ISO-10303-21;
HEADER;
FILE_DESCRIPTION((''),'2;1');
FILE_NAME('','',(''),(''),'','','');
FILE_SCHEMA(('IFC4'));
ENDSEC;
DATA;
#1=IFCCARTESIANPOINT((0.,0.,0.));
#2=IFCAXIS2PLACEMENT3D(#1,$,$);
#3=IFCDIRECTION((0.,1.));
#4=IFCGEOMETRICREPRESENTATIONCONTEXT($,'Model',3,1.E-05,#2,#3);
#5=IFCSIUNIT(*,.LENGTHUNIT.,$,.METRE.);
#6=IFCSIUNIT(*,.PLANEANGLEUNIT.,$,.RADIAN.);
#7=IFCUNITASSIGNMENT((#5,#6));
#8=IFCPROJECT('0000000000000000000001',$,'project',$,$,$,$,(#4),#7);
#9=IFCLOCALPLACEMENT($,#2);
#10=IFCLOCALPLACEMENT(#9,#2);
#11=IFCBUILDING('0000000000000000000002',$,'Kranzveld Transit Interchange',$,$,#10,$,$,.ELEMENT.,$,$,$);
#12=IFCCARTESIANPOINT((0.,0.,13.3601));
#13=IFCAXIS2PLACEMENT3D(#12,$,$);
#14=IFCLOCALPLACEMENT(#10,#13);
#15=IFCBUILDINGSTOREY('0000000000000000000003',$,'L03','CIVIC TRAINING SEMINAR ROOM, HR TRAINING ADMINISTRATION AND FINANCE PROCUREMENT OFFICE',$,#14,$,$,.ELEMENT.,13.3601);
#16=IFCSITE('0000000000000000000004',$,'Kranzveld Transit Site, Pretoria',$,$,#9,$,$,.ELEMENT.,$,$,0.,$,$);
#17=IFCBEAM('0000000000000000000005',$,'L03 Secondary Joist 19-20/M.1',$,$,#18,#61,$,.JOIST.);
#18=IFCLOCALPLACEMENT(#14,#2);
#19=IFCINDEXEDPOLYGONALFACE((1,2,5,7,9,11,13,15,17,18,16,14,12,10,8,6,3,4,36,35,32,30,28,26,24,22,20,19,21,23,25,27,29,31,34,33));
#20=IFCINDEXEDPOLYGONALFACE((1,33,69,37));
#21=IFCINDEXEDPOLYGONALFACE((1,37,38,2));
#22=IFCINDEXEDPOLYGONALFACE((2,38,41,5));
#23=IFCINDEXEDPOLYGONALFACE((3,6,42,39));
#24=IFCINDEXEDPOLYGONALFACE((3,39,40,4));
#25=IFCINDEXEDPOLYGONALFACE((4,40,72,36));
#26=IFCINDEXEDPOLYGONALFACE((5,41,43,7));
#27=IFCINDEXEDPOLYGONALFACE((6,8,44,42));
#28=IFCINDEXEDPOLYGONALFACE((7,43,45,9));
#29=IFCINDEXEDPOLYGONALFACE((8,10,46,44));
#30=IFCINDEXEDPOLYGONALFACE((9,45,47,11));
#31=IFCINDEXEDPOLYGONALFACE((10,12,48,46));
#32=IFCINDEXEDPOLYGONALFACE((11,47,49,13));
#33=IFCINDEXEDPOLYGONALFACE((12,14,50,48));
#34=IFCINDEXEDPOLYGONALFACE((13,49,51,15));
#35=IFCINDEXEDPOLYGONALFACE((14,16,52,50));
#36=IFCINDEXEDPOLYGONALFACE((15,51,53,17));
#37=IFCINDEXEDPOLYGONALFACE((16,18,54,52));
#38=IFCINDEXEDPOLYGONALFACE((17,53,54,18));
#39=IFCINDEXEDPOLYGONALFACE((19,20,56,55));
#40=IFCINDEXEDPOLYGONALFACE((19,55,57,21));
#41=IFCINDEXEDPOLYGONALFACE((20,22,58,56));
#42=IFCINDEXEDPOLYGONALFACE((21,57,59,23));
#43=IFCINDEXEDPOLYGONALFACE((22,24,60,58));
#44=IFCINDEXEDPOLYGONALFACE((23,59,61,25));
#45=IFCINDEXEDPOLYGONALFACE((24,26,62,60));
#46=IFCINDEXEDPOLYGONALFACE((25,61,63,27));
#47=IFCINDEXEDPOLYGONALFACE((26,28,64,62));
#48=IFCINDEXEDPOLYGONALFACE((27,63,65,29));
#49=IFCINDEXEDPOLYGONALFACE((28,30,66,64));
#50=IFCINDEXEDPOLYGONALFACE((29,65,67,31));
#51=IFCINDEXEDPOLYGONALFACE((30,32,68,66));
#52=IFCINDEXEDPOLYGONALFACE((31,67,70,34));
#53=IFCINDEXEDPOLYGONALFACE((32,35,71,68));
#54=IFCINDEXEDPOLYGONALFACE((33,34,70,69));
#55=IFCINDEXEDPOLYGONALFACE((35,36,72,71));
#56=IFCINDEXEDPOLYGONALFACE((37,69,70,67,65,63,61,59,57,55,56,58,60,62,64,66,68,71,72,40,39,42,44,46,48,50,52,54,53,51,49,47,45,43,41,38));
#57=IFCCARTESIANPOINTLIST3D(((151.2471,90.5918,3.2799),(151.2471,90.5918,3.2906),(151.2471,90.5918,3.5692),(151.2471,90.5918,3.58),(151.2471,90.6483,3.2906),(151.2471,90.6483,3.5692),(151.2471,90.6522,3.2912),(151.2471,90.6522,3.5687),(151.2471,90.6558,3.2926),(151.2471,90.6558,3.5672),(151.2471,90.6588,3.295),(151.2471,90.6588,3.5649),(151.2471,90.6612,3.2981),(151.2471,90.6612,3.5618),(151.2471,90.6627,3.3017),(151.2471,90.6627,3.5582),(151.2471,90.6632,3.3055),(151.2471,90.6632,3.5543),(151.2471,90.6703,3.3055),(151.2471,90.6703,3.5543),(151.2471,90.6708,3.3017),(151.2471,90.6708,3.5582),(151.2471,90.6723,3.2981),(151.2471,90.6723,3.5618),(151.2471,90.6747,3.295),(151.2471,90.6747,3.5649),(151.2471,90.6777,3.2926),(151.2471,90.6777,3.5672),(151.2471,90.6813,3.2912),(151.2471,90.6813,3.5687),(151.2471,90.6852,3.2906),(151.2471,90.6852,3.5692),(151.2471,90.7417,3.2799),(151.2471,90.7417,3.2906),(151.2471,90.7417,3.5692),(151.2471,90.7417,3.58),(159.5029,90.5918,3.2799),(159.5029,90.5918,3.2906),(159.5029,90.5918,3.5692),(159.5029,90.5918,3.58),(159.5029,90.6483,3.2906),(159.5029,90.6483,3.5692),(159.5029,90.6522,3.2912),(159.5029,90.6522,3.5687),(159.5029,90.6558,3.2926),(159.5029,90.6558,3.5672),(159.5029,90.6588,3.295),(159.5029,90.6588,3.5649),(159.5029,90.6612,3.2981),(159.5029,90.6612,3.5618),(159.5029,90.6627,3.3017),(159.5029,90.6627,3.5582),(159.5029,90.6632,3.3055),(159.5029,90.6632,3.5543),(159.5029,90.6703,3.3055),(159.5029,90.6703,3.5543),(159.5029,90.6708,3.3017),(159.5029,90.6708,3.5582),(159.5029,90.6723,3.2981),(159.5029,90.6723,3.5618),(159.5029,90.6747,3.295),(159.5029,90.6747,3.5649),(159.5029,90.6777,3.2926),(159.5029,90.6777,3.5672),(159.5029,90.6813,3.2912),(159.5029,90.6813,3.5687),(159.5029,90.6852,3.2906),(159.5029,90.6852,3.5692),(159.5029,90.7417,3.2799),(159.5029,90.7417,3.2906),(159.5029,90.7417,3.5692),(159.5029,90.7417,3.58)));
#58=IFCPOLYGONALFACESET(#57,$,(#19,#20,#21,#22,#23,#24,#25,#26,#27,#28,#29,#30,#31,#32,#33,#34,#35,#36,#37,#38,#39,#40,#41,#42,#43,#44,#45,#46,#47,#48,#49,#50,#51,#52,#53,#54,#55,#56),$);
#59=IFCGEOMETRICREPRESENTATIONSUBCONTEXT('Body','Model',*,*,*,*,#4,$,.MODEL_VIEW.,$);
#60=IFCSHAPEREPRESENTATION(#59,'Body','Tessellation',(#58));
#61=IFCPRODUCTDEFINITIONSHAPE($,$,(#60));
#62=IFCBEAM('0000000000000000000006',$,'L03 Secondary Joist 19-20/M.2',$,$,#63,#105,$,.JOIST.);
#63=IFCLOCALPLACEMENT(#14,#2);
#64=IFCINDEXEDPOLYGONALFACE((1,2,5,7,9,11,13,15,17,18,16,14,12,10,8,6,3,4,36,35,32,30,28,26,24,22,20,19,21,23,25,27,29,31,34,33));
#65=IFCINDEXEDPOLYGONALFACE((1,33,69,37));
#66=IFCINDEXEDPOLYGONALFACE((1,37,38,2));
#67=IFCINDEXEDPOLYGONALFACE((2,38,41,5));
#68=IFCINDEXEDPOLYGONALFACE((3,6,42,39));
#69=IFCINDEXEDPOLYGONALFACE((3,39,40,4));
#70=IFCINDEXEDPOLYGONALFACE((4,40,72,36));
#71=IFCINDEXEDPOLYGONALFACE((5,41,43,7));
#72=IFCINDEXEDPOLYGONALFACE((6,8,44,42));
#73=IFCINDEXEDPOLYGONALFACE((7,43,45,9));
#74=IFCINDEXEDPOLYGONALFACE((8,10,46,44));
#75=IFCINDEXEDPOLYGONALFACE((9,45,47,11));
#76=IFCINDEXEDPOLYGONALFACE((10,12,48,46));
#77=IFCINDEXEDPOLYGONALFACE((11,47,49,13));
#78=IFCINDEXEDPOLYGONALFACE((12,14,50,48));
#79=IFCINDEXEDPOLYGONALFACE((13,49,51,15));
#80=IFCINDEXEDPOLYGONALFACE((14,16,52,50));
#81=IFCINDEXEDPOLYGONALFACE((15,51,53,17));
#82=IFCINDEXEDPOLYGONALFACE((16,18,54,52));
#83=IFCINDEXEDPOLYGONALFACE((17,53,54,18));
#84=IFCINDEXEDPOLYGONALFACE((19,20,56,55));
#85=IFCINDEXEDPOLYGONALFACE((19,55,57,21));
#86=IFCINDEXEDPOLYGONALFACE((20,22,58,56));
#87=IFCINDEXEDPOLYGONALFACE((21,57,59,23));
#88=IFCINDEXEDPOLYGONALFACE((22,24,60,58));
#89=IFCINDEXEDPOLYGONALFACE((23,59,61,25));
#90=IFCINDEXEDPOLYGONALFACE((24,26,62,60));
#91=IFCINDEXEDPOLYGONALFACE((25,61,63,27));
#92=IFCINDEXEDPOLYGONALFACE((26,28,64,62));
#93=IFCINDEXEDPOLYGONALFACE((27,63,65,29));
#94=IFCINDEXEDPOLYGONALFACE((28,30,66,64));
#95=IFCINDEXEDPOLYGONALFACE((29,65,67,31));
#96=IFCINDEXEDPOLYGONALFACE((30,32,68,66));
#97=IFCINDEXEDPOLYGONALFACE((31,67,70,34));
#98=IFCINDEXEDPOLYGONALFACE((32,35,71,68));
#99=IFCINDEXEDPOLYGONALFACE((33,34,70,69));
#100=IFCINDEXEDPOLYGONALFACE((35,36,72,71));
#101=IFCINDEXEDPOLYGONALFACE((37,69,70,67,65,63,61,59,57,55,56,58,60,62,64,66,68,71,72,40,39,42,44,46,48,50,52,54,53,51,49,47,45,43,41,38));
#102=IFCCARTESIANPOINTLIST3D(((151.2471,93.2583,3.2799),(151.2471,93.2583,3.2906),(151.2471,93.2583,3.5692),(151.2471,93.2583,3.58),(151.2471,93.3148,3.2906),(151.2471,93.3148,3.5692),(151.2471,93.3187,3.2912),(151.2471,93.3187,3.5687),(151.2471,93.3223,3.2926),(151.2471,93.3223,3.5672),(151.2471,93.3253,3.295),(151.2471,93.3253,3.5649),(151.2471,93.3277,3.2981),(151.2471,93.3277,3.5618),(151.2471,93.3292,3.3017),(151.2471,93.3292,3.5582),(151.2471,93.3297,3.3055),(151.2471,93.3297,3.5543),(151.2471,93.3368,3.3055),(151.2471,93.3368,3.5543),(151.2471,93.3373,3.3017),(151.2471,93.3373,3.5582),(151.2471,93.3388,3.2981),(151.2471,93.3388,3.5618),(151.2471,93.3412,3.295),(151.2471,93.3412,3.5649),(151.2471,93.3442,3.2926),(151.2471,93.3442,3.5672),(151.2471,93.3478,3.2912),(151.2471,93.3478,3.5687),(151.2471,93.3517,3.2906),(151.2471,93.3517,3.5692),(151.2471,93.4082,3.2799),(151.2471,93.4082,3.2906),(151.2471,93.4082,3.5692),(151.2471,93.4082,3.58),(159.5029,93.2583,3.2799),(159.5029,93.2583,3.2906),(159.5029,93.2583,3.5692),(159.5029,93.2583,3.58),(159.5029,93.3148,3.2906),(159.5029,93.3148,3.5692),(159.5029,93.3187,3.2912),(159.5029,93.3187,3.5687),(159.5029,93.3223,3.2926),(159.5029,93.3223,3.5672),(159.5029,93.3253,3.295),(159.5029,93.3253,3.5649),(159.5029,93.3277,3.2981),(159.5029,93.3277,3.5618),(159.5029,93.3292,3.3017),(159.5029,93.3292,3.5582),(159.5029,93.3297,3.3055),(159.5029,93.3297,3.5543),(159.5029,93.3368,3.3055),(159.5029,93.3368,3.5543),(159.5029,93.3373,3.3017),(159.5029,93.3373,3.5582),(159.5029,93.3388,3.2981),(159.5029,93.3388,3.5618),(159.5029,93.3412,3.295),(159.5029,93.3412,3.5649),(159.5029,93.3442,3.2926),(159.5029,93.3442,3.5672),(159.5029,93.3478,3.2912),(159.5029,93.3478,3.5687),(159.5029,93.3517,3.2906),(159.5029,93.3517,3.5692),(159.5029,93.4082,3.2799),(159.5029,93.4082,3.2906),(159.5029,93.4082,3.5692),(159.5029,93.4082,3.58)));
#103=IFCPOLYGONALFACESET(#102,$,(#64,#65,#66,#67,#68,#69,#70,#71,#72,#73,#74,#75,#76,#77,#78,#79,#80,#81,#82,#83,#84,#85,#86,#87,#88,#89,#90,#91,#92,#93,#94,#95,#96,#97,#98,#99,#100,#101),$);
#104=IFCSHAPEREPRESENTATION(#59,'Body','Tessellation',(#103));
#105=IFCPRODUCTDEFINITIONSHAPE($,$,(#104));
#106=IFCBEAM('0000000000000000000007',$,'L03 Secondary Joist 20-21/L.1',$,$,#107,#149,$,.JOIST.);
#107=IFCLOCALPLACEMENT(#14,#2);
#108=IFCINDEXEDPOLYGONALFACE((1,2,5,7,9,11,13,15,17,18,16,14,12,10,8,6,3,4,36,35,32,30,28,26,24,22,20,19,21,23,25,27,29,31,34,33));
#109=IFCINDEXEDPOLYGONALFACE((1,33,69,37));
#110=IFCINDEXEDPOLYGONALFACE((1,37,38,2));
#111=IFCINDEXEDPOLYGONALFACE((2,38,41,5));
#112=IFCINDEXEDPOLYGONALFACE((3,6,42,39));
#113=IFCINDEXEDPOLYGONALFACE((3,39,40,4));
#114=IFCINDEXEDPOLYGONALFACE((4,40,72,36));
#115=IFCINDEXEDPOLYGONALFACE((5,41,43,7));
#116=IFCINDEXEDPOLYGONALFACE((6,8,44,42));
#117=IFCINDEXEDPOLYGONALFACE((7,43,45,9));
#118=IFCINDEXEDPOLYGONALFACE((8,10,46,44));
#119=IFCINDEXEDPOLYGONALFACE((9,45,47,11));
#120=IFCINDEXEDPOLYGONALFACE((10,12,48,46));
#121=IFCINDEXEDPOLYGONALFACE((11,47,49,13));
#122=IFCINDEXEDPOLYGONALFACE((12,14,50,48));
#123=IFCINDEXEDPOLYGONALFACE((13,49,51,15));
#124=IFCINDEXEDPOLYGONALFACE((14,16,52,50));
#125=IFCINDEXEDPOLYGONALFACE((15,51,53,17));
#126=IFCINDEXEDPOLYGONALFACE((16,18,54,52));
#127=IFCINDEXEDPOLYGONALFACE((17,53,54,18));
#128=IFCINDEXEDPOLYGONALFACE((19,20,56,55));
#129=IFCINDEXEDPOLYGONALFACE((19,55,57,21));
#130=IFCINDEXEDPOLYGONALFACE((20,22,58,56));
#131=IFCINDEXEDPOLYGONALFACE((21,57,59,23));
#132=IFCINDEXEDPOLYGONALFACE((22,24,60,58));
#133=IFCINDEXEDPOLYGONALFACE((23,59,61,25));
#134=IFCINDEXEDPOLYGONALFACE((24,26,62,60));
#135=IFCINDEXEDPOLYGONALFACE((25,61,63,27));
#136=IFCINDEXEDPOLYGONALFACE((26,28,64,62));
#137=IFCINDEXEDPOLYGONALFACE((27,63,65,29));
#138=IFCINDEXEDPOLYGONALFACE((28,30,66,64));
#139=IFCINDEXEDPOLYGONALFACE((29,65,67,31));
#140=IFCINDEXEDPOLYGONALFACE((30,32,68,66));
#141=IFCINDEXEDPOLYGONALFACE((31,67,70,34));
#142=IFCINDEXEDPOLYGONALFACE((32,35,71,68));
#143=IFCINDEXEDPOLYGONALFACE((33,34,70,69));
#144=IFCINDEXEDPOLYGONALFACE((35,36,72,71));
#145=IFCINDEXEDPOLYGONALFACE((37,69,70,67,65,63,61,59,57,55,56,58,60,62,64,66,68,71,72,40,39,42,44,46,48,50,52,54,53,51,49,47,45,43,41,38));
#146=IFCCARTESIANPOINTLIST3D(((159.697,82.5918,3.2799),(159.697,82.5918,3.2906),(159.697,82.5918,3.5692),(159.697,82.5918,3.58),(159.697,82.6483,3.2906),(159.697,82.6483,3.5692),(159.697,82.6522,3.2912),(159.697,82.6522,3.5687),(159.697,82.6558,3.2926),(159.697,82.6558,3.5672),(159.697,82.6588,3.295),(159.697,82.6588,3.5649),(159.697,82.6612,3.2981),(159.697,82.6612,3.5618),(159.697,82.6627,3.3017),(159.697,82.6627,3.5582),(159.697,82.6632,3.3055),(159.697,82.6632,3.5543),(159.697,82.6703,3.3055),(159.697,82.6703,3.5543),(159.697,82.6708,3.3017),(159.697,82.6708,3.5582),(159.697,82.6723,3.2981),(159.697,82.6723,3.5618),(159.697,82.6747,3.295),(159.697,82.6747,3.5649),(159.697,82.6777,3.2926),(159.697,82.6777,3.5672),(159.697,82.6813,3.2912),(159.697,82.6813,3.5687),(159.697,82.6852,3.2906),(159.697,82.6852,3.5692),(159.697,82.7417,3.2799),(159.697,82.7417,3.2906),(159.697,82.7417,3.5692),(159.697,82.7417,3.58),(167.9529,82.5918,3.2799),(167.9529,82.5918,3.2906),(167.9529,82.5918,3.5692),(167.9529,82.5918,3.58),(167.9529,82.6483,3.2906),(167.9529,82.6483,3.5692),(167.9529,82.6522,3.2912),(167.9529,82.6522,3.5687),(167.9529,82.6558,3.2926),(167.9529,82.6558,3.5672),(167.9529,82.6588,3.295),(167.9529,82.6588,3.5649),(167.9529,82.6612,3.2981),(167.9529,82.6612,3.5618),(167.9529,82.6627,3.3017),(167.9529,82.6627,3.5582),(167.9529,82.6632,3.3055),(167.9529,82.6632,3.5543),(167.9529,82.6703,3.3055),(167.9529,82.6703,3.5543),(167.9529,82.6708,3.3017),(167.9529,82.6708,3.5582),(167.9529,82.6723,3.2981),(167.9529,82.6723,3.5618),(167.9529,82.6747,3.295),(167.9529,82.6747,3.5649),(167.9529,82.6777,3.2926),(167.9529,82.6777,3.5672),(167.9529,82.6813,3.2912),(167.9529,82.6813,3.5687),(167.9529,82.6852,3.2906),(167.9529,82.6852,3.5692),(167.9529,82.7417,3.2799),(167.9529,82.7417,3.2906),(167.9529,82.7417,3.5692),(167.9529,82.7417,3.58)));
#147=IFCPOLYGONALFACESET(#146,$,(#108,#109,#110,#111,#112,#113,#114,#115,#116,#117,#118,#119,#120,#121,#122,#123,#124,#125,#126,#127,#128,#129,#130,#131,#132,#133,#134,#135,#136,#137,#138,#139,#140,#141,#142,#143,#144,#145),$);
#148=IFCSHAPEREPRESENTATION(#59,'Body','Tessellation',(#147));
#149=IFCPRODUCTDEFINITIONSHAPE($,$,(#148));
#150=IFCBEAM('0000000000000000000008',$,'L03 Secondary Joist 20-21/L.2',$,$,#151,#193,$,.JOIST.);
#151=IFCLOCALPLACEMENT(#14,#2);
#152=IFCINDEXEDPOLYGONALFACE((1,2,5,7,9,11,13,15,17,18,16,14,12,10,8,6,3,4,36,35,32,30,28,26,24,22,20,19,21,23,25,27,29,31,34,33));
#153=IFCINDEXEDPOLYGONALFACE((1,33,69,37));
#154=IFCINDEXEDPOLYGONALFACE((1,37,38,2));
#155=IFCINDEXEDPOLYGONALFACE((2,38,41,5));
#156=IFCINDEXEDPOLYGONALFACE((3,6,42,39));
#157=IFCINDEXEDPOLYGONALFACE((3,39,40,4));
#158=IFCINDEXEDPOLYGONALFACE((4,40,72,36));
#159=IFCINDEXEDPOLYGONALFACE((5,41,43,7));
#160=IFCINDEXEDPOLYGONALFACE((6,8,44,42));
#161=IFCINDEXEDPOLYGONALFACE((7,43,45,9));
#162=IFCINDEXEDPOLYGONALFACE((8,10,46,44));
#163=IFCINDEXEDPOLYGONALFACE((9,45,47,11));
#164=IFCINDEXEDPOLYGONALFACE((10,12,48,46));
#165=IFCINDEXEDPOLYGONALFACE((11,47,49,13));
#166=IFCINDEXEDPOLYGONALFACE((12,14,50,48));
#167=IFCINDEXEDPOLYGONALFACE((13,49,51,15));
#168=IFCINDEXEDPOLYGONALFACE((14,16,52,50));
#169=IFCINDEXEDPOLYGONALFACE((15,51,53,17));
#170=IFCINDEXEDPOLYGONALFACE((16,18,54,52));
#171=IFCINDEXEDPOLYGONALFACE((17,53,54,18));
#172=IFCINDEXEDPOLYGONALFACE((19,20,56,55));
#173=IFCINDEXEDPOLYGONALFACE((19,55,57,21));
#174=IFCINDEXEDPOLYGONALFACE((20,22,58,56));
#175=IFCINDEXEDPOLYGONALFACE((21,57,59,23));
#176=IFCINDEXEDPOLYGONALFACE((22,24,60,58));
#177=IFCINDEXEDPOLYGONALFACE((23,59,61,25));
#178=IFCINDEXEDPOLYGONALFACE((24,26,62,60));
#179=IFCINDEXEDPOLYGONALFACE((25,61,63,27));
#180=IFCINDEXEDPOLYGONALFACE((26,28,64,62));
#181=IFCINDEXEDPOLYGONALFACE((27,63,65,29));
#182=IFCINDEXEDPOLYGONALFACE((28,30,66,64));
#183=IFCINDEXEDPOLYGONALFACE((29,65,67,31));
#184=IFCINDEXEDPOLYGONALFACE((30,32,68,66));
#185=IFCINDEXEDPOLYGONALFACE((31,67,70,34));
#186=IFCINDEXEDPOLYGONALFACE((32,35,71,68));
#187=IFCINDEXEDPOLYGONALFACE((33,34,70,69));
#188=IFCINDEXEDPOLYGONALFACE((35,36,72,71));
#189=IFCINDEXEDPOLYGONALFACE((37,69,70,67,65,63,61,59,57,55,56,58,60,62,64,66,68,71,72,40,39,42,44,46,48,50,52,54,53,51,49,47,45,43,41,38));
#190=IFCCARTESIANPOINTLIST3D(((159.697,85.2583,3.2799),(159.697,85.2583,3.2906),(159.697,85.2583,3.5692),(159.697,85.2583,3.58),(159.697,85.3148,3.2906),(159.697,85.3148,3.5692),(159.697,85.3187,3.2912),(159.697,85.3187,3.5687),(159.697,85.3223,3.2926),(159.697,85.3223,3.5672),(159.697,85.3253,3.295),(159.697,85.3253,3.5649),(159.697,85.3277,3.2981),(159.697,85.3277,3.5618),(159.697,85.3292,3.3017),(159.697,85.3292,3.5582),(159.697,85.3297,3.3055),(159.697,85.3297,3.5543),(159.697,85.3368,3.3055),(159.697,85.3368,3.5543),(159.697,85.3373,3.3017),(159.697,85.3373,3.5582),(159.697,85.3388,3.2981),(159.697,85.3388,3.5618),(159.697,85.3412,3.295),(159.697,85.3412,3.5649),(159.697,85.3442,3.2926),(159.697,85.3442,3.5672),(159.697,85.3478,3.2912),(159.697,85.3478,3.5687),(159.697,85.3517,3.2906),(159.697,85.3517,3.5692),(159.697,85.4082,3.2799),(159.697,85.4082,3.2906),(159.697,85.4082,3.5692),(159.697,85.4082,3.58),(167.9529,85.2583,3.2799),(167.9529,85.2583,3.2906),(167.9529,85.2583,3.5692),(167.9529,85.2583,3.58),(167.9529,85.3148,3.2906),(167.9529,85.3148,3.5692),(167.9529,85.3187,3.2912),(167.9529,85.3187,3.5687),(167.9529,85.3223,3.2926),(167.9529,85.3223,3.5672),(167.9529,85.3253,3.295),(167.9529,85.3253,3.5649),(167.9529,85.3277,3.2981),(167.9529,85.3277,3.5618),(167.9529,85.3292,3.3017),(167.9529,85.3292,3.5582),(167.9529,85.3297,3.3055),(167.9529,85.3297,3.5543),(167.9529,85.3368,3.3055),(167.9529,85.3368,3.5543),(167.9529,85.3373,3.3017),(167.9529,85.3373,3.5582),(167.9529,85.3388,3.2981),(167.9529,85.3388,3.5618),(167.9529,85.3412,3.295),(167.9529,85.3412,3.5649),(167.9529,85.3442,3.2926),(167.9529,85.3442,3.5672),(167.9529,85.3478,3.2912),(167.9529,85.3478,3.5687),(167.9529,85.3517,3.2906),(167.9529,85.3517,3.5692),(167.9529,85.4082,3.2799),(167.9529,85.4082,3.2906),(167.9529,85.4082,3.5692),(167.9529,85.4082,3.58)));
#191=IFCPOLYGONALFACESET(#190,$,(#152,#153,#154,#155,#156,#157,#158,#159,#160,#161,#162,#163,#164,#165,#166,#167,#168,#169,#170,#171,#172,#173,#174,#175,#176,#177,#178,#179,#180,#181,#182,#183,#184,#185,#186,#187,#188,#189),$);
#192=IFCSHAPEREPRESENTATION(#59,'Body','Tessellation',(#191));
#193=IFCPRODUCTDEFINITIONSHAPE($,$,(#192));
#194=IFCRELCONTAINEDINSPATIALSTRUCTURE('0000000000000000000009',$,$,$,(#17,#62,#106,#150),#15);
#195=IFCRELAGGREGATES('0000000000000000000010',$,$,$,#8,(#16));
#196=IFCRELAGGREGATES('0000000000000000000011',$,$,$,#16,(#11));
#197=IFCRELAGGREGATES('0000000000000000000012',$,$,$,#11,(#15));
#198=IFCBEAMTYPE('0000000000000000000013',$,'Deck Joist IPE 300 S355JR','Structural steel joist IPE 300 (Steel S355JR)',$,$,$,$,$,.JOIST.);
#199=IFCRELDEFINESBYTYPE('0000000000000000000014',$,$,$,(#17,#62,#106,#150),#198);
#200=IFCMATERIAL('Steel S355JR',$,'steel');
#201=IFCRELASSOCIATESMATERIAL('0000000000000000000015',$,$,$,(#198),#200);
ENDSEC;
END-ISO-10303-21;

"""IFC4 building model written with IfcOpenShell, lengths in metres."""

from ifc_helpers import new_model, si_unit, direction, frame, origin, origin_2d, place, context, subcontext, project, spatial, i_section, extrude, material, material_profile, profile_set, type_object, element, save


model = new_model("IFC4")

# Units and contexts
model_context = context("Model", 3, precision=1e-05, world=origin(), true_north=direction((0.0, 1.0)))
body_context = subcontext(model_context, "Body", "Model", "MODEL_VIEW")
ifc_project = project(units=[si_unit("LENGTHUNIT", "METRE"), si_unit("PLANEANGLEUNIT", "RADIAN")], contexts=[model_context])

# Site, building, storey
site_placement = place(None, origin())
site = spatial("IfcSite", under=ifc_project, at=site_placement, Name="Kranzveld Transit Site, Pretoria", CompositionType="ELEMENT", RefElevation=0.0)
building_placement = place(site_placement, origin())
building = spatial("IfcBuilding", under=site, at=building_placement, Name="Kranzveld Transit Interchange", CompositionType="ELEMENT")
storey_placement = place(building_placement, frame((0.0, 0.0, 13.3601)))
storey = spatial("IfcBuildingStorey", under=building, at=storey_placement, Name="L03", Description="CIVIC TRAINING SEMINAR ROOM, HR TRAINING ADMINISTRATION AND FINANCE PROCUREMENT OFFICE", CompositionType="ELEMENT", Elevation=13.3601)

# Beams
ifc_material_1 = material(Name="Steel S355JR", Category="steel")
ifc_material_profile_1 = material_profile(ifc_material_1, i_section(OverallWidth=0.1499, OverallDepth=0.3, WebThickness=0.0071, FlangeThickness=0.0107, FilletRadius=0.0149, at=origin_2d()), Name="IPE 300")
ifc_profile_set_1 = profile_set([ifc_material_profile_1], Name="Steel S355JR")
beam_type_1 = type_object("IfcBeamType", Name="Deck Joist IPE 300 S355JR", Description="Structural steel joist IPE 300 (Steel S355JR)", PredefinedType="JOIST", material=ifc_profile_set_1)
for number, where, z_axis, x_axis, name in (
    (1, (151.2471, 90.6667, 3.4299), (1.0, 0.0, 0.0), (0.0, 1.0, 0.0), "L03 Secondary Joist 19-20/M.1"),
    (2, (151.2471, 93.3333, 3.4299), (1.0, 0.0, 0.0), (0.0, 1.0, 0.0), "L03 Secondary Joist 19-20/M.2"),
    (3, (159.697, 82.6667, 3.4299), (1.0, 0.0, 0.0), (0.0, 1.0, 0.0), "L03 Secondary Joist 20-21/L.1"),
    (4, (159.697, 85.3333, 3.4299), (1.0, 0.0, 0.0), (0.0, 1.0, 0.0), "L03 Secondary Joist 20-21/L.2"),
):
    element("IfcBeam", number, at=place(storey_placement, frame(where, z_axis=z_axis, x_axis=x_axis)), inside=storey, type_object=beam_type_1, Name=name, PredefinedType="JOIST", context=body_context, shape_type="SweptSolid", body=[
        extrude(i_section(OverallWidth=0.1499, OverallDepth=0.3, WebThickness=0.0071, FlangeThickness=0.0107, FilletRadius=0.0149, at=origin_2d()), origin(), (0.0, 0.0, 1.0), 8.2559),
    ])

save(model, "model.ifc")
